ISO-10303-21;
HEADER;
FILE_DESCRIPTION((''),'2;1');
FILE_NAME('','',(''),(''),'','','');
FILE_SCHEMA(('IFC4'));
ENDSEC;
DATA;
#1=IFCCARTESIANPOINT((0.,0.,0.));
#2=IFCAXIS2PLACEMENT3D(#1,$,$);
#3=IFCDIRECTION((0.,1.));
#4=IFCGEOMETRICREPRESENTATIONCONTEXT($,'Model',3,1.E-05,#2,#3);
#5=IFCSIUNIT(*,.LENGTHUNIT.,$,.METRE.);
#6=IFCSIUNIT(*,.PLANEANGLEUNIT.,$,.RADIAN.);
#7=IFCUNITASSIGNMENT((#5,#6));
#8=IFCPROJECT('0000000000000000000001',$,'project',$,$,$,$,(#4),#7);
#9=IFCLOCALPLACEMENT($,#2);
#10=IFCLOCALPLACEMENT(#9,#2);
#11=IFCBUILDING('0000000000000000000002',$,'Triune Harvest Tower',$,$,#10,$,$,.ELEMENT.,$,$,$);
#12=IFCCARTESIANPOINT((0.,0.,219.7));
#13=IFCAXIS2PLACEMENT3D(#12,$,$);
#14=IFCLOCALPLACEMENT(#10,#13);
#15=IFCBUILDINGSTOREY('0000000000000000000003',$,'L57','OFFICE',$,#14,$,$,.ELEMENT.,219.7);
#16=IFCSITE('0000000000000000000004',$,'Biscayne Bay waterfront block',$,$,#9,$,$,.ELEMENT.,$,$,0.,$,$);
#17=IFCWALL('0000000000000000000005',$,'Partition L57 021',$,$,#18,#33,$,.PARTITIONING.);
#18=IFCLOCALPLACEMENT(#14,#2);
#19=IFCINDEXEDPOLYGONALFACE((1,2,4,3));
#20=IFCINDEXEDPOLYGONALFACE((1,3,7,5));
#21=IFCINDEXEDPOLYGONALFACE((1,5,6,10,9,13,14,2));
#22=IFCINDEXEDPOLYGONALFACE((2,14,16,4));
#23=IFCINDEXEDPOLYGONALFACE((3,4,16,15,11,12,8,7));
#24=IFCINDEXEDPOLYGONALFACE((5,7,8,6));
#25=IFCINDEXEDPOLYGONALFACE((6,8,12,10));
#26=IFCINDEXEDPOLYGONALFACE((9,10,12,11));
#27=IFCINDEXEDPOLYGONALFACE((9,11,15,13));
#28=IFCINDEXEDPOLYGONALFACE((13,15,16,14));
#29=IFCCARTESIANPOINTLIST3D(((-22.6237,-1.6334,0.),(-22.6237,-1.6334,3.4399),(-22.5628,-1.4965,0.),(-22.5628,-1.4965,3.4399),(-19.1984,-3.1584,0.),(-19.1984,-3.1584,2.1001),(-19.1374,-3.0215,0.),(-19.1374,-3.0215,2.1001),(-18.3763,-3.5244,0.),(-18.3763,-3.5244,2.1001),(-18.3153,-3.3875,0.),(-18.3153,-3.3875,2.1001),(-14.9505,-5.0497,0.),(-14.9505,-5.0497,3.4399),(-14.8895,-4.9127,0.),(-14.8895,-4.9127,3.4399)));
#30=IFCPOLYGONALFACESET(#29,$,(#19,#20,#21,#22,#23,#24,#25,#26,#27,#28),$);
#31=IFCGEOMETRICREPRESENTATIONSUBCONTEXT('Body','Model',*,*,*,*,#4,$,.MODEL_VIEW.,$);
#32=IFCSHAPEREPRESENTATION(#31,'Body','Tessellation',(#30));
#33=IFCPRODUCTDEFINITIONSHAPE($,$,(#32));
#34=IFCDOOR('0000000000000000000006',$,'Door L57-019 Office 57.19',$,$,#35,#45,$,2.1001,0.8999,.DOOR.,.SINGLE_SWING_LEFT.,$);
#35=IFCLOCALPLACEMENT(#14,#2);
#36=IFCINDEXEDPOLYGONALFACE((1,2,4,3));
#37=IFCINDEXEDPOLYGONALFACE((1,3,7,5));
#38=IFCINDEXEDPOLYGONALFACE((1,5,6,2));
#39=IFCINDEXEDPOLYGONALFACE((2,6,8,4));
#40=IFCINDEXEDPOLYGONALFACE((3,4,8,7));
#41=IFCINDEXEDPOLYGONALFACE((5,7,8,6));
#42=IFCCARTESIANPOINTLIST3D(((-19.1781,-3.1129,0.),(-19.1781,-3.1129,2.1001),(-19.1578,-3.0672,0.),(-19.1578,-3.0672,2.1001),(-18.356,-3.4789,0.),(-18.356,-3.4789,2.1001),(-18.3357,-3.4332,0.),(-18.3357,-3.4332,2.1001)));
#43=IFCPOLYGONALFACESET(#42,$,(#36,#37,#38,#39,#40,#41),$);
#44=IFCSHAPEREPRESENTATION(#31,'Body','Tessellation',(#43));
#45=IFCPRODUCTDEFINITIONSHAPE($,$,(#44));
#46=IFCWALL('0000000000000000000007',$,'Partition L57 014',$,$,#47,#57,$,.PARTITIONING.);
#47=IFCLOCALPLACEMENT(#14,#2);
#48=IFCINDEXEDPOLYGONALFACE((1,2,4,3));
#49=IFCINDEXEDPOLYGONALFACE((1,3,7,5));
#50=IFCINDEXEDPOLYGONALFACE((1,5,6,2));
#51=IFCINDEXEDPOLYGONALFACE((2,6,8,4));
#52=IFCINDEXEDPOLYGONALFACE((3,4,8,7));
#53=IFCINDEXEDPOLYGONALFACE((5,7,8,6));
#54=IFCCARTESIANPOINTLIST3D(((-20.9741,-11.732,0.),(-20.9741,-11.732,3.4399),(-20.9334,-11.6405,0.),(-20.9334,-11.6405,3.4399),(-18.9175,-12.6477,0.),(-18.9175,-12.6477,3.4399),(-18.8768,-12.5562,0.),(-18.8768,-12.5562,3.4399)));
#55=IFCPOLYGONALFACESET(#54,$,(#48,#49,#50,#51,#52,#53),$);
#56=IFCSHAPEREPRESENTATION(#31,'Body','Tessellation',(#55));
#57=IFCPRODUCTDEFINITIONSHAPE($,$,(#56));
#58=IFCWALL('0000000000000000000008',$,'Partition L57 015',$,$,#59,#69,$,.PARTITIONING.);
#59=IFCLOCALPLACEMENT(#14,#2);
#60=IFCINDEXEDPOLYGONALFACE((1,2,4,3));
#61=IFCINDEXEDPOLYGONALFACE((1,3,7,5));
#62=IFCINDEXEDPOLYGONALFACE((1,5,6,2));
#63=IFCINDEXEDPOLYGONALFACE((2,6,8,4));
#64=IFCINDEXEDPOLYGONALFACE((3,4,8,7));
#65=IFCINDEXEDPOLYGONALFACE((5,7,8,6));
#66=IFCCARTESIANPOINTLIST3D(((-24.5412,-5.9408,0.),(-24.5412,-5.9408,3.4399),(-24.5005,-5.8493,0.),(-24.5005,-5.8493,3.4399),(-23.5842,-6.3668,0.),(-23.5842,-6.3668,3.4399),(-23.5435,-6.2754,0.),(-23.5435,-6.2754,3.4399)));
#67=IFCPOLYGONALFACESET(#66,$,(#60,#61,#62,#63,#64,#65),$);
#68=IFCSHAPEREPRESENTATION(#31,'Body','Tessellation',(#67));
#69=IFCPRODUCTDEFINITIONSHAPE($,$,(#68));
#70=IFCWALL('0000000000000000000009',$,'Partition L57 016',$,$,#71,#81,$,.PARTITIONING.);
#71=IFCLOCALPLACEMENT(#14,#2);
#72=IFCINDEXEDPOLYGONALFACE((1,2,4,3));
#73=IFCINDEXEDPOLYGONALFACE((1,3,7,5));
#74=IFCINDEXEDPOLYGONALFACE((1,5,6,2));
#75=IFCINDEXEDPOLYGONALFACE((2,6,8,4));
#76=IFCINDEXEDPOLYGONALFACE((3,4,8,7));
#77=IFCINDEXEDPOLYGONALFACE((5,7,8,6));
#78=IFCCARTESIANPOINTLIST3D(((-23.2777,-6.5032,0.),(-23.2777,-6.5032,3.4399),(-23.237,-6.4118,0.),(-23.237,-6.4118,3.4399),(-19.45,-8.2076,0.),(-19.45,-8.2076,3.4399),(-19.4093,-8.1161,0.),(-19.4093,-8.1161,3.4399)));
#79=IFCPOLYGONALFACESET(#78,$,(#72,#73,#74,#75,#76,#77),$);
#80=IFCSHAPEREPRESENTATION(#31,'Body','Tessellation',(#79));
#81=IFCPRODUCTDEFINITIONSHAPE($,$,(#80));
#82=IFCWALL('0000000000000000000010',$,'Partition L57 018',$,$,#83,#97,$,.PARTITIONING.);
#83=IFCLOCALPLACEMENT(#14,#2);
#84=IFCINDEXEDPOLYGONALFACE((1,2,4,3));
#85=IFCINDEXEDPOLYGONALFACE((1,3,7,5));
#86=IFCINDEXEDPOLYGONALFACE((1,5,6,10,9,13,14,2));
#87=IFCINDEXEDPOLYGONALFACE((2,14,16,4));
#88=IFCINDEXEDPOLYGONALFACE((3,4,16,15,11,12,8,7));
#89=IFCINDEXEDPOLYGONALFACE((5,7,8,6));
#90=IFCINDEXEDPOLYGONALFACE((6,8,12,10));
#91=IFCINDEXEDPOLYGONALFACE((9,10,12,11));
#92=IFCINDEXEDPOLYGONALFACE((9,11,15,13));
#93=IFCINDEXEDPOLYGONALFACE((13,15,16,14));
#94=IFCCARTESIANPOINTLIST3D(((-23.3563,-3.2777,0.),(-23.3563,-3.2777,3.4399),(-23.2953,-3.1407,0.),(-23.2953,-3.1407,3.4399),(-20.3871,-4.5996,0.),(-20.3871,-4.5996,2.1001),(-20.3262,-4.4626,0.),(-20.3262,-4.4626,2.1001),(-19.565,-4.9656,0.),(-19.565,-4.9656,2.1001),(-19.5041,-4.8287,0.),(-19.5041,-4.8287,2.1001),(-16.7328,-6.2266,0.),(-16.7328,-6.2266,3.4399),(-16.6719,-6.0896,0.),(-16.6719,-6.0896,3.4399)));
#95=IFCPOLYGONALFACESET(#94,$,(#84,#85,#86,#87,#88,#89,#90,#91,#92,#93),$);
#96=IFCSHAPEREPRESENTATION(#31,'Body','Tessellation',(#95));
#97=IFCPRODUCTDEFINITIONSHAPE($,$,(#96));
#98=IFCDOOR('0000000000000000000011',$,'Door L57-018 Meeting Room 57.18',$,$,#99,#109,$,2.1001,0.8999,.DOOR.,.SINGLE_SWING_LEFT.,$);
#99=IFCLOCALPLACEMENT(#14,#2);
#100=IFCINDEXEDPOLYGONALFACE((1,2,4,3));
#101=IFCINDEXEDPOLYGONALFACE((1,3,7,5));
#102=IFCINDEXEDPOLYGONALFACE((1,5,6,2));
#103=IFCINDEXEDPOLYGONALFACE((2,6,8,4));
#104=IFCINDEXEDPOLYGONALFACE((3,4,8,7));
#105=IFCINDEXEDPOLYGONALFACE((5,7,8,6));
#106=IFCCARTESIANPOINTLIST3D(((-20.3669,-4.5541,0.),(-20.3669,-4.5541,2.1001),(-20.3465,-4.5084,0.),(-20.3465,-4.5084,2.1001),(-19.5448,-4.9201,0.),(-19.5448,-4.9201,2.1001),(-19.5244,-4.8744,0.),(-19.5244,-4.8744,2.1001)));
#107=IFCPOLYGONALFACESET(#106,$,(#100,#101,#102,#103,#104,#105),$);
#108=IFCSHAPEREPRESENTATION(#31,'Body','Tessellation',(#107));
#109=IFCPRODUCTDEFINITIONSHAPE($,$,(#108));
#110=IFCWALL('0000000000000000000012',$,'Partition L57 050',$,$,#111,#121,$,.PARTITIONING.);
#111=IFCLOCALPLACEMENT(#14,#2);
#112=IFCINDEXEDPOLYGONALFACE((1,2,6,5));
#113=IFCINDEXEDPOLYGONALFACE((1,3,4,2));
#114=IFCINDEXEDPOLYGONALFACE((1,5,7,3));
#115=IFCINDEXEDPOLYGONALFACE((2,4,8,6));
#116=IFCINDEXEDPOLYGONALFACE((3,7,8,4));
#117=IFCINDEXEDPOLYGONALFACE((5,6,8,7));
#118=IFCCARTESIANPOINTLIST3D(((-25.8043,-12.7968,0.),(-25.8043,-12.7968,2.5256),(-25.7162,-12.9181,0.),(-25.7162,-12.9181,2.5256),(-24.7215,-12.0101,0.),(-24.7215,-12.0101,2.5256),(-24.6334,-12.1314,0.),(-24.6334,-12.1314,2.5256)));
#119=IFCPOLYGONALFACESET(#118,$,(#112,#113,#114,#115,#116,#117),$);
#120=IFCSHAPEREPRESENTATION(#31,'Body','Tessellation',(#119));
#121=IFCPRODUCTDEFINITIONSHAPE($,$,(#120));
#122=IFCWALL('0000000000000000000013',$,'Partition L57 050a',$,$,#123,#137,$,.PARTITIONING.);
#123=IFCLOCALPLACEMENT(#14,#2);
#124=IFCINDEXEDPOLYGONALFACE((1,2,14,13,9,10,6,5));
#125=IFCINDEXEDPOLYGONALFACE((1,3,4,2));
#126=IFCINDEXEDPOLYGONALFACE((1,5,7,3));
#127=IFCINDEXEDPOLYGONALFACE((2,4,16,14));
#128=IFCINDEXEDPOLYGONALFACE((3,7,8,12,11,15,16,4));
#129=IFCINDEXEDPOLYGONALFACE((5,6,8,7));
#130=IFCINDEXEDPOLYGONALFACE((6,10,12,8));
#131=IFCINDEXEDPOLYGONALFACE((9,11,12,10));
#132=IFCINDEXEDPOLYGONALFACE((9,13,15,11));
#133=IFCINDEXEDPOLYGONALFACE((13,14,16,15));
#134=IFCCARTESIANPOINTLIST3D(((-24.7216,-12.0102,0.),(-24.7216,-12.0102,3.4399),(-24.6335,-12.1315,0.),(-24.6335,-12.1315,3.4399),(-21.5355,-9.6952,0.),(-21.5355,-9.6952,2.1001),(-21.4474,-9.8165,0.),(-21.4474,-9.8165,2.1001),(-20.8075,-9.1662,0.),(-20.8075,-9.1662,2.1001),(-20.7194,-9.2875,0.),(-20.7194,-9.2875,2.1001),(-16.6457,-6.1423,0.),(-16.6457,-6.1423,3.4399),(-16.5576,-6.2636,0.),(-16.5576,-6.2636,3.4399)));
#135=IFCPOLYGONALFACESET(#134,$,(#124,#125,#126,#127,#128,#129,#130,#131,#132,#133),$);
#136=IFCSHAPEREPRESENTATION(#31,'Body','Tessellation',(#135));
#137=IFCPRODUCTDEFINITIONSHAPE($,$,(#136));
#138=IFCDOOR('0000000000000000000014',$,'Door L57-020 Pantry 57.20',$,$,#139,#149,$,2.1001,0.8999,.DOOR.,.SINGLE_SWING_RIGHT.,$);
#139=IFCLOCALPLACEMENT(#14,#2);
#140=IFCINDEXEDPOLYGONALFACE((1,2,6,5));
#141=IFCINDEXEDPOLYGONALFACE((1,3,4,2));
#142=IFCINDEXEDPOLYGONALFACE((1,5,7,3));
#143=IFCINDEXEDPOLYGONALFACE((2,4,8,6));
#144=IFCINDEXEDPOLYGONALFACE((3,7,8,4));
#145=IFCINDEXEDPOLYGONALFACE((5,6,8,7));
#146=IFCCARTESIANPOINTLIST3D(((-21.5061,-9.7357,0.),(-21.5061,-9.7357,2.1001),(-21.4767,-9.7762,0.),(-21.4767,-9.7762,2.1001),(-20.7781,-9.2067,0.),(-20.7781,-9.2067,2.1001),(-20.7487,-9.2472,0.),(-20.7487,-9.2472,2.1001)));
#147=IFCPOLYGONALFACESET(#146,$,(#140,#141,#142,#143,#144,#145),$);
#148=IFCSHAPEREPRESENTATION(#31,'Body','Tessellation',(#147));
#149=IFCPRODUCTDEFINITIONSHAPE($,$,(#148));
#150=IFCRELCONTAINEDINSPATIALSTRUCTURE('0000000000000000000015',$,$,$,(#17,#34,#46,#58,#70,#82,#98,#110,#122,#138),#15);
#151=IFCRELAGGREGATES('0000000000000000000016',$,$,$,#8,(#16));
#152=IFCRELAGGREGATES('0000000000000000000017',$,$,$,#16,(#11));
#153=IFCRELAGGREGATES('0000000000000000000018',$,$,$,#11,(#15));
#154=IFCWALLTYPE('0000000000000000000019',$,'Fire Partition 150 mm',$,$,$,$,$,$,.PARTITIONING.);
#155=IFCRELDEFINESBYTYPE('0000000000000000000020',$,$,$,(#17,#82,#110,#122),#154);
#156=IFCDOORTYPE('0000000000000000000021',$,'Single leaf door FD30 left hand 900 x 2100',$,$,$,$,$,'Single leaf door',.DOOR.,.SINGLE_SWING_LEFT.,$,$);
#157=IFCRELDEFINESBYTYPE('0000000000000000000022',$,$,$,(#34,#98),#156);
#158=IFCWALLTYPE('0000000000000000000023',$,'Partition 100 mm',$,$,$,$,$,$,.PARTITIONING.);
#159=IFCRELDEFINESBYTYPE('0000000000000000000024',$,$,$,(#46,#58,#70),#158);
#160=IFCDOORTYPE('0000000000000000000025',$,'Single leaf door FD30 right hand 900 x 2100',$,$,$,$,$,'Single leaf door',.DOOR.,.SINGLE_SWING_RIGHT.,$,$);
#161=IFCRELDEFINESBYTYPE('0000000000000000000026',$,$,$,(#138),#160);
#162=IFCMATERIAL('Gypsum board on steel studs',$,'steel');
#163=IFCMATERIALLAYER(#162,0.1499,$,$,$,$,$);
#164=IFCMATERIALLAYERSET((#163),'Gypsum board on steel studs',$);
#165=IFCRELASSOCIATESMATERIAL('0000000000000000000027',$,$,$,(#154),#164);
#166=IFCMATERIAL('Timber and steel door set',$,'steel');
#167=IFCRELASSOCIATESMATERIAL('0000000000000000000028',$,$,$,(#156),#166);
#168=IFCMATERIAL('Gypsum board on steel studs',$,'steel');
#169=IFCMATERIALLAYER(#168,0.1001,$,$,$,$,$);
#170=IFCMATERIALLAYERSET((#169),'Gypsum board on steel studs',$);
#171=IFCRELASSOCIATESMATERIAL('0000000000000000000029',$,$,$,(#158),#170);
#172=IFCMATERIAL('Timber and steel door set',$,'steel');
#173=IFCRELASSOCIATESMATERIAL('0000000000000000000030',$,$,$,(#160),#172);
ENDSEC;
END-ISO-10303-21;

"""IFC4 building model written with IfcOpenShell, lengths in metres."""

from ifc_helpers import new_model, si_unit, direction, frame, frame_2d, origin, place, context, subcontext, project, spatial, rectangle, extrude, source, transform, mapped, material, layer, layer_set, type_object, element, fill, save


model = new_model("IFC4")

# Units and contexts
model_context = context("Model", 3, precision=1e-05, world=origin(), true_north=direction((0.0, 1.0)))
body_context = subcontext(model_context, "Body", "Model", "MODEL_VIEW")
ifc_project = project(units=[si_unit("LENGTHUNIT", "METRE"), si_unit("PLANEANGLEUNIT", "RADIAN")], contexts=[model_context])

# Site, building, storey
site_placement = place(None, origin())
site = spatial("IfcSite", under=ifc_project, at=site_placement, Name="Biscayne Bay waterfront block", CompositionType="ELEMENT", RefElevation=0.0)
building_placement = place(site_placement, origin())
building = spatial("IfcBuilding", under=site, at=building_placement, Name="Triune Harvest Tower", CompositionType="ELEMENT")
storey_placement = place(building_placement, frame((0.0, 0.0, 219.7)))
storey = spatial("IfcBuildingStorey", under=building, at=storey_placement, Name="L57", Description="OFFICE", CompositionType="ELEMENT", Elevation=219.7)

# Wall, opening, door
ifc_material_1 = material(Name="Gypsum board on steel studs", Category="steel")
ifc_layer_1 = layer(ifc_material_1, 0.1499)
ifc_layer_set_1 = layer_set([ifc_layer_1], Name="Gypsum board on steel studs")
wall_type_1 = type_object("IfcWallType", Name="Fire Partition 150 mm", PredefinedType="PARTITIONING", material=ifc_layer_set_1)
wall_1_placement = place(storey_placement, frame((-22.5933, -1.5649, 0.0), z_axis=(0.0, 0.0, 1.0), x_axis=(0.913551, -0.406724, 0.0)))
wall_1 = element("IfcWall", 1, at=wall_1_placement, inside=storey, type_object=wall_type_1, Name="Partition L57 021", PredefinedType="PARTITIONING", context=body_context, shape_type="SweptSolid", body=[
    extrude(rectangle(XDim=8.3994, YDim=0.1499, at=frame_2d((4.1997, 0.0))), origin(), (0.0, 0.0, 1.0), 3.4399),
])
opening_1_placement = place(wall_1_placement, frame((3.7495, 0.0, 0.0)))
opening_1 = element("IfcOpeningElement", 2, at=opening_1_placement, cuts=wall_1, PredefinedType="OPENING", context=body_context, shape_type="SweptSolid", body=[
    extrude(rectangle(XDim=0.8999, YDim=2.1001, at=frame_2d((0.45, 1.05))), frame((0.0, 0.085, 0.0), z_axis=(0.0, -1.0, 0.0), x_axis=(1.0, 0.0, 0.0)), (0.0, 0.0, 1.0), 0.1699),
])
ifc_material_2 = material(Name="Timber and steel door set", Category="steel")
door_type_1 = type_object("IfcDoorType", Name="Single leaf door FD30 left hand 900 x 2100", ElementType="Single leaf door", OperationType="SINGLE_SWING_LEFT", PredefinedType="DOOR", material=ifc_material_2)
door_1_placement = place(opening_1_placement, origin())
door_1 = element("IfcDoor", 3, at=door_1_placement, inside=storey, type_object=door_type_1, Name="Door L57-019 Office 57.19", OperationType="SINGLE_SWING_LEFT", OverallHeight=2.1001, OverallWidth=0.8999, PredefinedType="DOOR", context=body_context, shape_type="SweptSolid", body=[
    extrude(rectangle(XDim=0.8999, YDim=2.1001, at=frame_2d((0.45, 1.05))), frame((0.0, 0.0249, 0.0), z_axis=(0.0, -1.0, 0.0), x_axis=(1.0, 0.0, 0.0)), (0.0, 0.0, 1.0), 0.05),
])
fill(opening_1, door_1)

# Walls
ifc_material_3 = material(Name="Gypsum board on steel studs", Category="steel")
ifc_layer_2 = layer(ifc_material_3, 0.1001)
ifc_layer_set_2 = layer_set([ifc_layer_2], Name="Gypsum board on steel studs")
wall_type_2 = type_object("IfcWallType", Name="Partition 100 mm", PredefinedType="PARTITIONING", material=ifc_layer_set_2)
wall_2_placement = place(storey_placement, frame((-20.9536, -11.6863, 0.0), z_axis=(0.0, 0.0, 1.0), x_axis=(0.91353, -0.406772, 0.0)))
element("IfcWall", 4, at=wall_2_placement, inside=storey, type_object=wall_type_2, Name="Partition L57 014", PredefinedType="PARTITIONING", context=body_context, shape_type="SweptSolid", body=[
    extrude(rectangle(XDim=2.2512, YDim=0.1001, at=frame_2d((1.1255, 0.0))), origin(), (0.0, 0.0, 1.0), 3.4399),
])
shared_shape_1 = source(origin(), body_context, "Body", "SweptSolid", [
    extrude(rectangle(XDim=1.0476, YDim=0.1001, at=frame_2d((0.5239, 0.0))), origin(), (0.0, 0.0, 1.0), 3.4399),
])
wall_3_placement = place(storey_placement, frame((-24.521, -5.895, 0.0), z_axis=(0.0, 0.0, 1.0), x_axis=(0.913571, -0.406679, 0.0)))
element("IfcWall", 5, at=wall_3_placement, inside=storey, type_object=wall_type_2, Name="Partition L57 015", PredefinedType="PARTITIONING", context=body_context, shape_type="MappedRepresentation", body=[
    mapped(shared_shape_1, transform((0.0, 0.0, 0.0), scale=1.0)),
])
shared_shape_2 = source(origin(), body_context, "Body", "SweptSolid", [
    extrude(rectangle(XDim=4.1899, YDim=0.1001, at=frame_2d((2.095, 0.0))), origin(), (0.0, 0.0, 1.0), 3.4399),
])
wall_4_placement = place(storey_placement, frame((-23.2573, -6.4575, 0.0), z_axis=(0.0, 0.0, 1.0), x_axis=(0.91353, -0.406771, 0.0)))
element("IfcWall", 6, at=wall_4_placement, inside=storey, type_object=wall_type_2, Name="Partition L57 016", PredefinedType="PARTITIONING", context=body_context, shape_type="MappedRepresentation", body=[
    mapped(shared_shape_2, transform((0.0, 0.0, 0.0), scale=1.0)),
])

# Wall, opening, door
shared_shape_3 = source(origin(), body_context, "Body", "SweptSolid", [
    extrude(rectangle(XDim=7.2502, YDim=0.1499, at=frame_2d((3.625, 0.0))), origin(), (0.0, 0.0, 1.0), 3.4399),
])
wall_5_placement = place(storey_placement, frame((-23.3257, -3.2092, 0.0), z_axis=(0.0, 0.0, 1.0), x_axis=(0.913546, -0.406735, 0.0)))
wall_5 = element("IfcWall", 7, at=wall_5_placement, inside=storey, type_object=wall_type_1, Name="Partition L57 018", PredefinedType="PARTITIONING", context=body_context, shape_type="MappedRepresentation", body=[
    mapped(shared_shape_3, transform((0.0, 0.0, 0.0), scale=1.0)),
])
opening_2_placement = place(wall_5_placement, frame((3.25, 0.0, 0.0)))
opening_2 = element("IfcOpeningElement", 8, at=opening_2_placement, cuts=wall_5, PredefinedType="OPENING", context=body_context, shape_type="SweptSolid", body=[
    extrude(rectangle(XDim=0.8999, YDim=2.1001, at=frame_2d((0.45, 1.05))), frame((0.0, 0.085, 0.0), z_axis=(0.0, -1.0, 0.0), x_axis=(1.0, 0.0, 0.0)), (0.0, 0.0, 1.0), 0.1699),
])
door_2_placement = place(opening_2_placement, origin())
door_2 = element("IfcDoor", 9, at=door_2_placement, inside=storey, type_object=door_type_1, Name="Door L57-018 Meeting Room 57.18", OperationType="SINGLE_SWING_LEFT", OverallHeight=2.1001, OverallWidth=0.8999, PredefinedType="DOOR", context=body_context, shape_type="SweptSolid", body=[
    extrude(rectangle(XDim=0.8999, YDim=2.1001, at=frame_2d((0.45, 1.05))), frame((0.0, 0.0249, 0.0), z_axis=(0.0, -1.0, 0.0), x_axis=(1.0, 0.0, 0.0)), (0.0, 0.0, 1.0), 0.05),
])
fill(opening_2, door_2)

# Wall
shared_shape_4 = source(origin(), body_context, "Body", "SweptSolid", [
    extrude(rectangle(XDim=1.3384, YDim=0.1499, at=frame_2d((0.6692, 0.0))), origin(), (0.0, 0.0, 1.0), 2.5256),
])
wall_6_placement = place(storey_placement, frame((-25.7603, -12.8574, 0.0), z_axis=(0.0, 0.0, 1.0), x_axis=(0.809036, 0.587759, 0.0)))
element("IfcWall", 10, at=wall_6_placement, inside=storey, type_object=wall_type_1, Name="Partition L57 050", PredefinedType="PARTITIONING", context=body_context, shape_type="MappedRepresentation", body=[
    mapped(shared_shape_4, transform((0.0, 0.0, 0.0), scale=1.0)),
])

# Wall, opening, door
shared_shape_5 = source(origin(), body_context, "Body", "SweptSolid", [
    extrude(rectangle(XDim=9.9827, YDim=0.1499, at=frame_2d((4.9912, 0.0))), origin(), (0.0, 0.0, 1.0), 3.4399),
])
wall_7_placement = place(storey_placement, frame((-24.6775, -12.0708, 0.0), z_axis=(0.0, 0.0, 1.0), x_axis=(0.808997, 0.587812, 0.0)))
wall_7 = element("IfcWall", 11, at=wall_7_placement, inside=storey, type_object=wall_type_1, Name="Partition L57 050a", PredefinedType="PARTITIONING", context=body_context, shape_type="MappedRepresentation", body=[
    mapped(shared_shape_5, transform((0.0, 0.0, 0.0), scale=1.0)),
])
opening_3_placement = place(wall_7_placement, frame((3.9382, 0.0, 0.0)))
opening_3 = element("IfcOpeningElement", 12, at=opening_3_placement, cuts=wall_7, PredefinedType="OPENING", context=body_context, shape_type="SweptSolid", body=[
    extrude(rectangle(XDim=0.8999, YDim=2.1001, at=frame_2d((0.45, 1.05))), frame((0.0, 0.085, 0.0), z_axis=(0.0, -1.0, 0.0), x_axis=(1.0, 0.0, 0.0)), (0.0, 0.0, 1.0), 0.1699),
])
ifc_material_4 = material(Name="Timber and steel door set", Category="steel")
door_type_2 = type_object("IfcDoorType", Name="Single leaf door FD30 right hand 900 x 2100", ElementType="Single leaf door", OperationType="SINGLE_SWING_RIGHT", PredefinedType="DOOR", material=ifc_material_4)
door_3_placement = place(opening_3_placement, origin())
door_3 = element("IfcDoor", 13, at=door_3_placement, inside=storey, type_object=door_type_2, Name="Door L57-020 Pantry 57.20", OperationType="SINGLE_SWING_RIGHT", OverallHeight=2.1001, OverallWidth=0.8999, PredefinedType="DOOR", context=body_context, shape_type="SweptSolid", body=[
    extrude(rectangle(XDim=0.8999, YDim=2.1001, at=frame_2d((0.45, 1.05))), frame((0.0, 0.0249, 0.0), z_axis=(0.0, -1.0, 0.0), x_axis=(1.0, 0.0, 0.0)), (0.0, 0.0, 1.0), 0.05),
])
fill(opening_3, door_3)

save(model, "model.ifc")
